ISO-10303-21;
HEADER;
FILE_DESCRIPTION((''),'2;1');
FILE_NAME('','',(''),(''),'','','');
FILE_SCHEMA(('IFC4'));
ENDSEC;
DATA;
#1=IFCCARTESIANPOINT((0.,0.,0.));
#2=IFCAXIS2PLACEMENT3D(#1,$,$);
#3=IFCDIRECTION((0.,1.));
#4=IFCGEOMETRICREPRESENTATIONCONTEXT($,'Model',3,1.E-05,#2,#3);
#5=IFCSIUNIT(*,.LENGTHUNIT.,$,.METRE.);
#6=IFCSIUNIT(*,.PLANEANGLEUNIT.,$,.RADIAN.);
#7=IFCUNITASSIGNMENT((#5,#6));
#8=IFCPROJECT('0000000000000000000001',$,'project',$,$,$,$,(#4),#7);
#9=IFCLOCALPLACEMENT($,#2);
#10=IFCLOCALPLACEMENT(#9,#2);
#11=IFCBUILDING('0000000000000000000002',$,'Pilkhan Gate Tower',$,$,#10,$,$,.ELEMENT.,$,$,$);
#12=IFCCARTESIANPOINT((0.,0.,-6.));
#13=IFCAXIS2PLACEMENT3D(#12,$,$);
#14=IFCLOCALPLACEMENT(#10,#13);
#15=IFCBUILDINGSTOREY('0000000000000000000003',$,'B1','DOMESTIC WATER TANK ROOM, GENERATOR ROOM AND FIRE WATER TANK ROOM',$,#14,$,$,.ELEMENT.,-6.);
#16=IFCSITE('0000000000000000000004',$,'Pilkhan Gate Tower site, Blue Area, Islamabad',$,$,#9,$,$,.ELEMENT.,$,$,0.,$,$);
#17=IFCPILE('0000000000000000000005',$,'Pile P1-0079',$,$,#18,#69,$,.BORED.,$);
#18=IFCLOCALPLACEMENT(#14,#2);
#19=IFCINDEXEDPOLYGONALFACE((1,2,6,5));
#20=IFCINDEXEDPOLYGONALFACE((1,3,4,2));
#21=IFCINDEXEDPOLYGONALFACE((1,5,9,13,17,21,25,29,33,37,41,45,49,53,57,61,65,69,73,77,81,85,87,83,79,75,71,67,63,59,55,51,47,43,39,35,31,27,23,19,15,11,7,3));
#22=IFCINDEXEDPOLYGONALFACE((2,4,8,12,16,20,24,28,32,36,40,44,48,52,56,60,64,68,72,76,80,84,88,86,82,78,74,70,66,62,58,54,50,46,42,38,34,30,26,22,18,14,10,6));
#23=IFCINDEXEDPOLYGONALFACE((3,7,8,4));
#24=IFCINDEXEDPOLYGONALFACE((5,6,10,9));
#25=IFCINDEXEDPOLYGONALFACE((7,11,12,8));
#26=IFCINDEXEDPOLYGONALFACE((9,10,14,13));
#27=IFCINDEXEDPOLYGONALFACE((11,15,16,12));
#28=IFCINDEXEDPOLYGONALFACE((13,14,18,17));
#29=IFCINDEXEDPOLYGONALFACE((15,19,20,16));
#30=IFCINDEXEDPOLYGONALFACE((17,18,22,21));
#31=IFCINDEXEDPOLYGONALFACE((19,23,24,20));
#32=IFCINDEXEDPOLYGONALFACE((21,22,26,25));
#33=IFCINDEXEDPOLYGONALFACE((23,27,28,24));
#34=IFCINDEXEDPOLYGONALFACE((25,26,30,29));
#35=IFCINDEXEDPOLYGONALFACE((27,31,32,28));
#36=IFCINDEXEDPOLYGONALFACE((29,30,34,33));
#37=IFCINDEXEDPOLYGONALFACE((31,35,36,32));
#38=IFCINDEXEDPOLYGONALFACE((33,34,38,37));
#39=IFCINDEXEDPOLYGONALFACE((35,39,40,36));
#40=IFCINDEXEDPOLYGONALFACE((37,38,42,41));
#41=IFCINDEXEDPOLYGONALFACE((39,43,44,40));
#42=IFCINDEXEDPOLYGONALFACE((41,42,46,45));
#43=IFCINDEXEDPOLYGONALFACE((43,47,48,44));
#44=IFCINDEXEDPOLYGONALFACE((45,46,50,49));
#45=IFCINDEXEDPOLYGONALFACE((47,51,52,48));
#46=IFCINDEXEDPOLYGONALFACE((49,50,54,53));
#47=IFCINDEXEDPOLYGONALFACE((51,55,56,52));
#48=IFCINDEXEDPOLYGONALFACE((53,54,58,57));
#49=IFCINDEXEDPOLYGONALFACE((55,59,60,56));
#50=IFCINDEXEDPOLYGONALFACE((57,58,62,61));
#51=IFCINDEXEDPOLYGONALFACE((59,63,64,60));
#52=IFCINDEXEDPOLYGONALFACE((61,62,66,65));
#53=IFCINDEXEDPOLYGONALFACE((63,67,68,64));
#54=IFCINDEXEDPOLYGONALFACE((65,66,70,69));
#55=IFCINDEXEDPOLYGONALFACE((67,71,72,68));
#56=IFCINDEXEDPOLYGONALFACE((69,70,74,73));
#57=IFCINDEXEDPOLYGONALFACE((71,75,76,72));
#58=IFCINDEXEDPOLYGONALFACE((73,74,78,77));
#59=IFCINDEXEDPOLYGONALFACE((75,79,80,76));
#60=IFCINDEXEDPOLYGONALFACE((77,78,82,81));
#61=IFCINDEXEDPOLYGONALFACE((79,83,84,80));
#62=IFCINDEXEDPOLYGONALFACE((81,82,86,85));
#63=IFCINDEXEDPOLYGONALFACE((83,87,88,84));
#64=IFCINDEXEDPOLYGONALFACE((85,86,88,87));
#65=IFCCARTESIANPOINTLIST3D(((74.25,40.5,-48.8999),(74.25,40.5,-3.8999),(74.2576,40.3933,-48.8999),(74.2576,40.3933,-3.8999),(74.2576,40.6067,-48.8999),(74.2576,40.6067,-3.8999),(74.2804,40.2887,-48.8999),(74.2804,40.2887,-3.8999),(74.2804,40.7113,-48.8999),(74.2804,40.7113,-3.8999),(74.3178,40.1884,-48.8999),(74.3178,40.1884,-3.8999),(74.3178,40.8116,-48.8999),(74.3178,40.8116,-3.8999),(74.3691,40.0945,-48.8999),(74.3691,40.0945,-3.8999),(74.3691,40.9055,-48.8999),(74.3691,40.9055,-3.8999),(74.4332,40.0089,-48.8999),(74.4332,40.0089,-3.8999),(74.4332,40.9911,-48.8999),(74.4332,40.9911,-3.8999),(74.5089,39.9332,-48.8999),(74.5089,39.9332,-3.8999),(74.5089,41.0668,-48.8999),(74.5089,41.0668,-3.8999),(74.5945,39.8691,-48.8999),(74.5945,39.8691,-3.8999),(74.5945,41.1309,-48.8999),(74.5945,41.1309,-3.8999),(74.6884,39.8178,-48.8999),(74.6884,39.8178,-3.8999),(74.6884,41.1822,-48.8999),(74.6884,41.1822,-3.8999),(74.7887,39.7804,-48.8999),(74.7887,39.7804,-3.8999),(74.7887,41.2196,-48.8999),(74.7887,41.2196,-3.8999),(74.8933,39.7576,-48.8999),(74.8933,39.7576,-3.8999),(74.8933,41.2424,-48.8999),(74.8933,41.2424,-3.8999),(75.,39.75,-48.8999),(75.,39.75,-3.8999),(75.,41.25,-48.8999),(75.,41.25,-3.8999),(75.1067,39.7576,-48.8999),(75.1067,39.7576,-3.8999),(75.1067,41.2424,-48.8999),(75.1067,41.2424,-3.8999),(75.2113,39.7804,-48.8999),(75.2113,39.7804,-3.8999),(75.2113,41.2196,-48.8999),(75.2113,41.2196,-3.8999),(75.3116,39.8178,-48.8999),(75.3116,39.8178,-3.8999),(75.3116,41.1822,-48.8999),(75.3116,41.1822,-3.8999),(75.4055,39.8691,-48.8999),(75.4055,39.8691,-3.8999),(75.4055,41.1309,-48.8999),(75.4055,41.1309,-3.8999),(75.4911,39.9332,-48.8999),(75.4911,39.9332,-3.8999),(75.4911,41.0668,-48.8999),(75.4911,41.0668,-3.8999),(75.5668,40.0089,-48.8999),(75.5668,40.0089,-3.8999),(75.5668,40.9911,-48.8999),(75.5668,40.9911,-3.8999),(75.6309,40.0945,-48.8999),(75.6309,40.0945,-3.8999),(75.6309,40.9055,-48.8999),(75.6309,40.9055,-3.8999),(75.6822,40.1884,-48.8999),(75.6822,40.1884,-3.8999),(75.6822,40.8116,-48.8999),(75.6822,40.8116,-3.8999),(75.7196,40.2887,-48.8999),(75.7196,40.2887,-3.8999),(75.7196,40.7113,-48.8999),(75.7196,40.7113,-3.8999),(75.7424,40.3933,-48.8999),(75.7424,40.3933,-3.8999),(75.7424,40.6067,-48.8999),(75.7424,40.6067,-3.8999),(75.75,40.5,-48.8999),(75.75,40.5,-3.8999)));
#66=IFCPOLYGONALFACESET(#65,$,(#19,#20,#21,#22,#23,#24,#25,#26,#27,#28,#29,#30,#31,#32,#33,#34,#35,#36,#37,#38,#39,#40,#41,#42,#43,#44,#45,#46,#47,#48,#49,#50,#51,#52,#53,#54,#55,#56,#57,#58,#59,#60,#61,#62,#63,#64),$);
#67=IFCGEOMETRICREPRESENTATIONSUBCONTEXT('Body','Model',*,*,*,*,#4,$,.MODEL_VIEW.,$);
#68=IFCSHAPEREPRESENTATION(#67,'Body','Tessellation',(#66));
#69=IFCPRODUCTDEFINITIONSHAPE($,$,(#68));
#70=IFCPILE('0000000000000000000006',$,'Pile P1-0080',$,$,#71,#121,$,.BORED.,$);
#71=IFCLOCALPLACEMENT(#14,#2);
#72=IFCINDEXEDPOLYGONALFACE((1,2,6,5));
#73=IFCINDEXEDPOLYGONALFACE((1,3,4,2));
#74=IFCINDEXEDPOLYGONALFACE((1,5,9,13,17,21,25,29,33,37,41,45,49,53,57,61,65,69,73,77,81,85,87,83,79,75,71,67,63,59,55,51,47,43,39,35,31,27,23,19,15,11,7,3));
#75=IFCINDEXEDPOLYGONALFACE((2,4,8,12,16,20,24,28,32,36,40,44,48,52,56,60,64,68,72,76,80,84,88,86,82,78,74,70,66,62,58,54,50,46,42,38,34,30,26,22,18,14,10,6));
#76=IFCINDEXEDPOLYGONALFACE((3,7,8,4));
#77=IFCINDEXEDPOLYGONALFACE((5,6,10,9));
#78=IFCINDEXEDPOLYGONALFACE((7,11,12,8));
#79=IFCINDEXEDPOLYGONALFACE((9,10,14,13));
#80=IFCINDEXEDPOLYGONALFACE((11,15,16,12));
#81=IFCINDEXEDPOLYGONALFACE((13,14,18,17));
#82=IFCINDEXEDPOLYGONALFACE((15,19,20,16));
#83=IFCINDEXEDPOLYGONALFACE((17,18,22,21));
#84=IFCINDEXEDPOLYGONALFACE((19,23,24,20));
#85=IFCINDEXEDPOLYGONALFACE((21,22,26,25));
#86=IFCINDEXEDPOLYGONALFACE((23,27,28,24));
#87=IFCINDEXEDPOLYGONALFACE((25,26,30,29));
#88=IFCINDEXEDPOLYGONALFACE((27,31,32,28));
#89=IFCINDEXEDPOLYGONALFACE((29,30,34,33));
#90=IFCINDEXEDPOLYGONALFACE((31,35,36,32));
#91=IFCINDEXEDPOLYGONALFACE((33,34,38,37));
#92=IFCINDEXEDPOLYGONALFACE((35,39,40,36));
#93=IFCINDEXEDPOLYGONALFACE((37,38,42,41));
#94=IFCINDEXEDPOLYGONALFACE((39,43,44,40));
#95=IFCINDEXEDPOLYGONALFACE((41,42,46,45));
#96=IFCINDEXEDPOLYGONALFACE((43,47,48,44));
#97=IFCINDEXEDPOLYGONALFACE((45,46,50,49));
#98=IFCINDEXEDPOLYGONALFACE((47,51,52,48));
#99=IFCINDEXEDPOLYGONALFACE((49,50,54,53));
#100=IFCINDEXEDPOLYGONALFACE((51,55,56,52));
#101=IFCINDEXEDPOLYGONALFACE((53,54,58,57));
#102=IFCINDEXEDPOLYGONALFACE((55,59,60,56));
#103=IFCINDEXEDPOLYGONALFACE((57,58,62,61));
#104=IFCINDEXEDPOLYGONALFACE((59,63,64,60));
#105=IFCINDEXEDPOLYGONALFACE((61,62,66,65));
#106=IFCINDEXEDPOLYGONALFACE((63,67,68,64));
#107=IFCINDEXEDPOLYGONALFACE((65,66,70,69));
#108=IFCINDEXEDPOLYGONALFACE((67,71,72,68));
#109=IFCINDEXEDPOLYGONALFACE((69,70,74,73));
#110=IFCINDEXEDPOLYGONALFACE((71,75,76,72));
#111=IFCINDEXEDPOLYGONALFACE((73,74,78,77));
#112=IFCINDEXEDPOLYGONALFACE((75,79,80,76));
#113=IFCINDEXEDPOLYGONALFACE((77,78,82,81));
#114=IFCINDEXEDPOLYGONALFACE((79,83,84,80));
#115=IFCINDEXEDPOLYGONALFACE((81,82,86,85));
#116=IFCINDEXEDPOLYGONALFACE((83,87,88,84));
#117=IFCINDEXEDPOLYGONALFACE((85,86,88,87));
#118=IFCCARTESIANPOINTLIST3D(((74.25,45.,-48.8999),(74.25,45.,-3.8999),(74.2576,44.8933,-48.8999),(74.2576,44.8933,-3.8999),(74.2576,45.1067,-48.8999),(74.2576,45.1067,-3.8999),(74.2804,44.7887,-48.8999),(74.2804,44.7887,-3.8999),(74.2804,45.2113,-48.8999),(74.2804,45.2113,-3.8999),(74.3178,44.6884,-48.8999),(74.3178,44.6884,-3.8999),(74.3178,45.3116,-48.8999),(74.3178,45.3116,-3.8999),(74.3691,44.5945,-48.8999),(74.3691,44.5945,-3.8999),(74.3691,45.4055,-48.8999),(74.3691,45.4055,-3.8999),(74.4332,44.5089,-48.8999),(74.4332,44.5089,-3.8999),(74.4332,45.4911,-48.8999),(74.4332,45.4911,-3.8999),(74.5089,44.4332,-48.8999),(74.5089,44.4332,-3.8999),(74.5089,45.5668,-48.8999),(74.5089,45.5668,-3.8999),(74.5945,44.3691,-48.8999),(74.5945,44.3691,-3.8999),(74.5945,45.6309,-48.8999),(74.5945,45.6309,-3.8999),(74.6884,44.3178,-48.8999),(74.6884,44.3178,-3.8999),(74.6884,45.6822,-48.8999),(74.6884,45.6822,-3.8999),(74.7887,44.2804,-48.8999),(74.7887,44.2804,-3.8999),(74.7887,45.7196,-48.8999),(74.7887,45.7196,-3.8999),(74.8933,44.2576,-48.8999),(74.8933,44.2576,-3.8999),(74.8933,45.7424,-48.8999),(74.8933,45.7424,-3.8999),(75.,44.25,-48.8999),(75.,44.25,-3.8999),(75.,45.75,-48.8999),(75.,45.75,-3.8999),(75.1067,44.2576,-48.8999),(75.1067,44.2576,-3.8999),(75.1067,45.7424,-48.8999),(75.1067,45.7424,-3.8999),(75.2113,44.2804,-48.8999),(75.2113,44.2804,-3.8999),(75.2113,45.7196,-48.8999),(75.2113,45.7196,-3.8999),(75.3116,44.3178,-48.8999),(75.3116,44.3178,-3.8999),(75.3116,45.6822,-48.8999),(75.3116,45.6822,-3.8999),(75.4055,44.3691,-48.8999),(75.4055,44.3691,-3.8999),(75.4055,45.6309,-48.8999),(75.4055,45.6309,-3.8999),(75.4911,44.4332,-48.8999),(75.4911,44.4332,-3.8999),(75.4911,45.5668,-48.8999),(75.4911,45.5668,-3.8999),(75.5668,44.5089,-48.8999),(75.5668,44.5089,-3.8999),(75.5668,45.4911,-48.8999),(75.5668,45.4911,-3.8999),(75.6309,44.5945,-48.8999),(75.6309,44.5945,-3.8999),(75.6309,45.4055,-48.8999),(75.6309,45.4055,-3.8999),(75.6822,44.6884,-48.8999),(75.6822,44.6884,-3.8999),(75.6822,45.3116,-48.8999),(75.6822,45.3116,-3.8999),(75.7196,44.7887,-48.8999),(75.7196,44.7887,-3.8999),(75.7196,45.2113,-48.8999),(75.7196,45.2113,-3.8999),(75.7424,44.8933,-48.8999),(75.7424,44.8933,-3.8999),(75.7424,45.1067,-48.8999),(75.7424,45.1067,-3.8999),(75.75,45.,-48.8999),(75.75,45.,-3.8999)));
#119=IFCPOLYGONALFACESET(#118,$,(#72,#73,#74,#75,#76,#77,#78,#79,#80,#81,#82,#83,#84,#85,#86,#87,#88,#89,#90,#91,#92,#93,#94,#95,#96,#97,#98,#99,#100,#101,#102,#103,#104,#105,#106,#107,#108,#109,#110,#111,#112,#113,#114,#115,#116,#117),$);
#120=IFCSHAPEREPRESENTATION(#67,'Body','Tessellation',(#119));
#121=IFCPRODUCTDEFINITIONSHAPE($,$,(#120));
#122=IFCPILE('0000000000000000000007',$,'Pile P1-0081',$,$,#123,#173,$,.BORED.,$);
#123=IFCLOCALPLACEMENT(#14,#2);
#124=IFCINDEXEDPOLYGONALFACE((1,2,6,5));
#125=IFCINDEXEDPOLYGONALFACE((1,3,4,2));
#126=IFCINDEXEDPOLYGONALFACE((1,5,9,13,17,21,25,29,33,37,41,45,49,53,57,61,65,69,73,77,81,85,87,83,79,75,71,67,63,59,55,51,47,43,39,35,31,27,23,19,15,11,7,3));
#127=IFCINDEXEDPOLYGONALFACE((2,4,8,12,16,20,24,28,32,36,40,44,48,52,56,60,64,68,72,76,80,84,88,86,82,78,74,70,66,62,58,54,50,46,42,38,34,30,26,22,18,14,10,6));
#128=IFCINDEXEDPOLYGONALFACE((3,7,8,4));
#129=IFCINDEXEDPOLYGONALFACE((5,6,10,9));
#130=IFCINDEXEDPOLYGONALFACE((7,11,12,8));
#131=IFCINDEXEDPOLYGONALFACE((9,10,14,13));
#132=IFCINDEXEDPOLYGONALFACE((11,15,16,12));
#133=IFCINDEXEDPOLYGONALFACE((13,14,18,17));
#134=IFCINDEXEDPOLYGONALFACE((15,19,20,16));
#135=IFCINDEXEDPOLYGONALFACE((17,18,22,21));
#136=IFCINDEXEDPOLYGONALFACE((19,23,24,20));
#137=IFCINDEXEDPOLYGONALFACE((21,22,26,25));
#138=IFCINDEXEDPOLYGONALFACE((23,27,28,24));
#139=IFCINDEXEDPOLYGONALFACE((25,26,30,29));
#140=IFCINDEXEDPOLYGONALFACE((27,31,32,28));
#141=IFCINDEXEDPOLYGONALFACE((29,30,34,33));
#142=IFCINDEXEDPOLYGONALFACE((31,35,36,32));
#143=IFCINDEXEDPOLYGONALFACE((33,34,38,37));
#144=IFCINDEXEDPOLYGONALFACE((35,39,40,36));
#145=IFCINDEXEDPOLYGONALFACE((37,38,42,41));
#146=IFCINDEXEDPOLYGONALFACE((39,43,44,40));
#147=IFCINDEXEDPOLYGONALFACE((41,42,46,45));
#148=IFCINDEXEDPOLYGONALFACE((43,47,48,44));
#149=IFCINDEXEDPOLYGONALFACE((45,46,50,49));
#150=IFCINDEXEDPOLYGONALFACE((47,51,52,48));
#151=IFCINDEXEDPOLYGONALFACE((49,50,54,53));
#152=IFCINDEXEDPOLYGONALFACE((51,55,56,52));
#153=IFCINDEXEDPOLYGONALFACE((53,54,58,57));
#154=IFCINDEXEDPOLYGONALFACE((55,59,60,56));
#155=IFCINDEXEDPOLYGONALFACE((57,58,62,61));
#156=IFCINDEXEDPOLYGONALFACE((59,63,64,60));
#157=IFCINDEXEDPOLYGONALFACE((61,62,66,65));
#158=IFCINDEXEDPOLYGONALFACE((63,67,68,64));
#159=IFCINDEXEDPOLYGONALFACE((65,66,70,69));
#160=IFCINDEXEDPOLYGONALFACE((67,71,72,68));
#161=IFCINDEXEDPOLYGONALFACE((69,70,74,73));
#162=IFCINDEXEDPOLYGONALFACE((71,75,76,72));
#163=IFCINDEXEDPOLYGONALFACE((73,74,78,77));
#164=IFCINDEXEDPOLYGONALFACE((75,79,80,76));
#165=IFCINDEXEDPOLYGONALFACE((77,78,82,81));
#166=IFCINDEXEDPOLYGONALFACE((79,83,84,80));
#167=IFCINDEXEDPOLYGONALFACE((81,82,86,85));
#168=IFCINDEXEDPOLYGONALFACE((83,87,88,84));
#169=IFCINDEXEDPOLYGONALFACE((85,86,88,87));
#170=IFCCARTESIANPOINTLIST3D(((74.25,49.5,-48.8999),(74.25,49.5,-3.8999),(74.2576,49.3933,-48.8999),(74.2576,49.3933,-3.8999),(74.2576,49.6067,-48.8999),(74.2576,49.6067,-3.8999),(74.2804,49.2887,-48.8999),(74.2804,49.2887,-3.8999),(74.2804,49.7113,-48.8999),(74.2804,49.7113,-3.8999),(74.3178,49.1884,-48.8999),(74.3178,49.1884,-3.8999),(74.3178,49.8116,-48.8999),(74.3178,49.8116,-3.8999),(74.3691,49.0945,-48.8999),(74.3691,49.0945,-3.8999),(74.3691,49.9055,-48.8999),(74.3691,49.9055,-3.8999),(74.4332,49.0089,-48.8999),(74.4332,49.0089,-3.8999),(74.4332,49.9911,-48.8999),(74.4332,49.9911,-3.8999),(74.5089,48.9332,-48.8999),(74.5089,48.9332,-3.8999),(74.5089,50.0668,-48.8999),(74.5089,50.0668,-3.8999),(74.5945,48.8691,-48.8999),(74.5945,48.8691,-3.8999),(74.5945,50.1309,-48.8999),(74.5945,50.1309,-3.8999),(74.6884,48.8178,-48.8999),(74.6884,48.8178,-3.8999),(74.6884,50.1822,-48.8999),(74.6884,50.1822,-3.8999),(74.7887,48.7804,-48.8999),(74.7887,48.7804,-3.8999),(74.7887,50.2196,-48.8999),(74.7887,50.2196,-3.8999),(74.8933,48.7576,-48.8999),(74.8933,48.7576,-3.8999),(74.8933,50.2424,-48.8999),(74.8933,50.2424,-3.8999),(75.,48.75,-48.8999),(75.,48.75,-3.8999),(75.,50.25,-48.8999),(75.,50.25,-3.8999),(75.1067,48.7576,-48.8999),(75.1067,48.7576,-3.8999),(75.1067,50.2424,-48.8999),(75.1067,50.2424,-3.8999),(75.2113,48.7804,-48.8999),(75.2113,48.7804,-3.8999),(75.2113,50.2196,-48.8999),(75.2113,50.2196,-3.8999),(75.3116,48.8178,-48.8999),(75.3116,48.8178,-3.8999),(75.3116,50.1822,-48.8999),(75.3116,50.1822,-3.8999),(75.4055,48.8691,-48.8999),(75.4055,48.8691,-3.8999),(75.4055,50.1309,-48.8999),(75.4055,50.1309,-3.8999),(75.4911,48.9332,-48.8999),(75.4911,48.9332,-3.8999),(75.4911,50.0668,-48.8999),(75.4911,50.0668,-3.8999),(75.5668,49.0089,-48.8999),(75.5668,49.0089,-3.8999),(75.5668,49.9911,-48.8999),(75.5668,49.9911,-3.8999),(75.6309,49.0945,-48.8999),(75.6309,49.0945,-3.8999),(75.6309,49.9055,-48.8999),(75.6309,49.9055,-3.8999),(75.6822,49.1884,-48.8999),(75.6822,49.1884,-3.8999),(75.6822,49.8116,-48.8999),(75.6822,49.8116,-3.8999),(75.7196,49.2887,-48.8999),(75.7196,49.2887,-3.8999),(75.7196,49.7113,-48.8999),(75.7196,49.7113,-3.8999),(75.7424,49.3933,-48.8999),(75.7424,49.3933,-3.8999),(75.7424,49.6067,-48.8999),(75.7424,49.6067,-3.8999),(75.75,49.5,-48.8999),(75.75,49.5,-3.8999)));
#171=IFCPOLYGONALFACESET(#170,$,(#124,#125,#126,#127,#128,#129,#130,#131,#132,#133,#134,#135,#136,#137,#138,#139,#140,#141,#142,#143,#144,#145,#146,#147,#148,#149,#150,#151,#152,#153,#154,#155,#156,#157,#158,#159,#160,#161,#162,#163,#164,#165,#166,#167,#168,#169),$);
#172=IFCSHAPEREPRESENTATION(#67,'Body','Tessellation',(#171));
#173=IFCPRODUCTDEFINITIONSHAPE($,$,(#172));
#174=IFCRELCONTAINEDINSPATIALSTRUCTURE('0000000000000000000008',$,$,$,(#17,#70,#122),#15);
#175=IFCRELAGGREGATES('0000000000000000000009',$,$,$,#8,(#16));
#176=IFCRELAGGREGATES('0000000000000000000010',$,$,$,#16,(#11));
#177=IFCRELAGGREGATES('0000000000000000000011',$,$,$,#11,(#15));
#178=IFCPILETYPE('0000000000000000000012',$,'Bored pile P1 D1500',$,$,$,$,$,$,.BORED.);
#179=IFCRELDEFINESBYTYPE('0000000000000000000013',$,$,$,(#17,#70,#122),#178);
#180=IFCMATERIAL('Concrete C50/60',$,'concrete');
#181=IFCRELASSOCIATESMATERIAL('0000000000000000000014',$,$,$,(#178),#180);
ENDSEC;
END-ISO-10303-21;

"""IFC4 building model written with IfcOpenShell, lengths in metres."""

from ifc_helpers import new_model, si_unit, direction, frame, origin, origin_2d, place, context, subcontext, project, spatial, circle, extrude, material, material_profile, profile_set, type_object, element, save


model = new_model("IFC4")

# Units and contexts
model_context = context("Model", 3, precision=1e-05, world=origin(), true_north=direction((0.0, 1.0)))
body_context = subcontext(model_context, "Body", "Model", "MODEL_VIEW")
ifc_project = project(units=[si_unit("LENGTHUNIT", "METRE"), si_unit("PLANEANGLEUNIT", "RADIAN")], contexts=[model_context])

# Site, building, storey
site_placement = place(None, origin())
site = spatial("IfcSite", under=ifc_project, at=site_placement, Name="Pilkhan Gate Tower site, Blue Area, Islamabad", CompositionType="ELEMENT", RefElevation=0.0)
building_placement = place(site_placement, origin())
building = spatial("IfcBuilding", under=site, at=building_placement, Name="Pilkhan Gate Tower", CompositionType="ELEMENT")
storey_placement = place(building_placement, frame((0.0, 0.0, -6.0)))
storey = spatial("IfcBuildingStorey", under=building, at=storey_placement, Name="B1", Description="DOMESTIC WATER TANK ROOM, GENERATOR ROOM AND FIRE WATER TANK ROOM", CompositionType="ELEMENT", Elevation=-6.0)

# Piles
ifc_material_1 = material(Name="Concrete C50/60", Category="concrete")
ifc_material_profile_1 = material_profile(ifc_material_1, circle(Radius=0.75, at=origin_2d()), Name="Bored pile 1500 dia")
ifc_profile_set_1 = profile_set([ifc_material_profile_1], Name="Concrete C50/60")
pile_type = type_object("IfcPileType", Name="Bored pile P1 D1500", PredefinedType="BORED", material=ifc_profile_set_1)
for number, where, z_axis, x_axis, name in (
    (1, (75.0, 40.5, -3.8999), (0.0, 0.0, -1.0), (1.0, 0.0, 0.0), "Pile P1-0079"),
    (2, (75.0, 45.0, -3.8999), (0.0, 0.0, -1.0), (1.0, 0.0, 0.0), "Pile P1-0080"),
    (3, (75.0, 49.5, -3.8999), (0.0, 0.0, -1.0), (1.0, 0.0, 0.0), "Pile P1-0081"),
):
    element("IfcPile", number, at=place(storey_placement, frame(where, z_axis=z_axis, x_axis=x_axis)), inside=storey, type_object=pile_type, Name=name, PredefinedType="BORED", context=body_context, shape_type="SweptSolid", body=[
        extrude(circle(Radius=0.75, at=origin_2d()), origin(), (0.0, 0.0, 1.0), 45.0),
    ])

save(model, "model.ifc")
